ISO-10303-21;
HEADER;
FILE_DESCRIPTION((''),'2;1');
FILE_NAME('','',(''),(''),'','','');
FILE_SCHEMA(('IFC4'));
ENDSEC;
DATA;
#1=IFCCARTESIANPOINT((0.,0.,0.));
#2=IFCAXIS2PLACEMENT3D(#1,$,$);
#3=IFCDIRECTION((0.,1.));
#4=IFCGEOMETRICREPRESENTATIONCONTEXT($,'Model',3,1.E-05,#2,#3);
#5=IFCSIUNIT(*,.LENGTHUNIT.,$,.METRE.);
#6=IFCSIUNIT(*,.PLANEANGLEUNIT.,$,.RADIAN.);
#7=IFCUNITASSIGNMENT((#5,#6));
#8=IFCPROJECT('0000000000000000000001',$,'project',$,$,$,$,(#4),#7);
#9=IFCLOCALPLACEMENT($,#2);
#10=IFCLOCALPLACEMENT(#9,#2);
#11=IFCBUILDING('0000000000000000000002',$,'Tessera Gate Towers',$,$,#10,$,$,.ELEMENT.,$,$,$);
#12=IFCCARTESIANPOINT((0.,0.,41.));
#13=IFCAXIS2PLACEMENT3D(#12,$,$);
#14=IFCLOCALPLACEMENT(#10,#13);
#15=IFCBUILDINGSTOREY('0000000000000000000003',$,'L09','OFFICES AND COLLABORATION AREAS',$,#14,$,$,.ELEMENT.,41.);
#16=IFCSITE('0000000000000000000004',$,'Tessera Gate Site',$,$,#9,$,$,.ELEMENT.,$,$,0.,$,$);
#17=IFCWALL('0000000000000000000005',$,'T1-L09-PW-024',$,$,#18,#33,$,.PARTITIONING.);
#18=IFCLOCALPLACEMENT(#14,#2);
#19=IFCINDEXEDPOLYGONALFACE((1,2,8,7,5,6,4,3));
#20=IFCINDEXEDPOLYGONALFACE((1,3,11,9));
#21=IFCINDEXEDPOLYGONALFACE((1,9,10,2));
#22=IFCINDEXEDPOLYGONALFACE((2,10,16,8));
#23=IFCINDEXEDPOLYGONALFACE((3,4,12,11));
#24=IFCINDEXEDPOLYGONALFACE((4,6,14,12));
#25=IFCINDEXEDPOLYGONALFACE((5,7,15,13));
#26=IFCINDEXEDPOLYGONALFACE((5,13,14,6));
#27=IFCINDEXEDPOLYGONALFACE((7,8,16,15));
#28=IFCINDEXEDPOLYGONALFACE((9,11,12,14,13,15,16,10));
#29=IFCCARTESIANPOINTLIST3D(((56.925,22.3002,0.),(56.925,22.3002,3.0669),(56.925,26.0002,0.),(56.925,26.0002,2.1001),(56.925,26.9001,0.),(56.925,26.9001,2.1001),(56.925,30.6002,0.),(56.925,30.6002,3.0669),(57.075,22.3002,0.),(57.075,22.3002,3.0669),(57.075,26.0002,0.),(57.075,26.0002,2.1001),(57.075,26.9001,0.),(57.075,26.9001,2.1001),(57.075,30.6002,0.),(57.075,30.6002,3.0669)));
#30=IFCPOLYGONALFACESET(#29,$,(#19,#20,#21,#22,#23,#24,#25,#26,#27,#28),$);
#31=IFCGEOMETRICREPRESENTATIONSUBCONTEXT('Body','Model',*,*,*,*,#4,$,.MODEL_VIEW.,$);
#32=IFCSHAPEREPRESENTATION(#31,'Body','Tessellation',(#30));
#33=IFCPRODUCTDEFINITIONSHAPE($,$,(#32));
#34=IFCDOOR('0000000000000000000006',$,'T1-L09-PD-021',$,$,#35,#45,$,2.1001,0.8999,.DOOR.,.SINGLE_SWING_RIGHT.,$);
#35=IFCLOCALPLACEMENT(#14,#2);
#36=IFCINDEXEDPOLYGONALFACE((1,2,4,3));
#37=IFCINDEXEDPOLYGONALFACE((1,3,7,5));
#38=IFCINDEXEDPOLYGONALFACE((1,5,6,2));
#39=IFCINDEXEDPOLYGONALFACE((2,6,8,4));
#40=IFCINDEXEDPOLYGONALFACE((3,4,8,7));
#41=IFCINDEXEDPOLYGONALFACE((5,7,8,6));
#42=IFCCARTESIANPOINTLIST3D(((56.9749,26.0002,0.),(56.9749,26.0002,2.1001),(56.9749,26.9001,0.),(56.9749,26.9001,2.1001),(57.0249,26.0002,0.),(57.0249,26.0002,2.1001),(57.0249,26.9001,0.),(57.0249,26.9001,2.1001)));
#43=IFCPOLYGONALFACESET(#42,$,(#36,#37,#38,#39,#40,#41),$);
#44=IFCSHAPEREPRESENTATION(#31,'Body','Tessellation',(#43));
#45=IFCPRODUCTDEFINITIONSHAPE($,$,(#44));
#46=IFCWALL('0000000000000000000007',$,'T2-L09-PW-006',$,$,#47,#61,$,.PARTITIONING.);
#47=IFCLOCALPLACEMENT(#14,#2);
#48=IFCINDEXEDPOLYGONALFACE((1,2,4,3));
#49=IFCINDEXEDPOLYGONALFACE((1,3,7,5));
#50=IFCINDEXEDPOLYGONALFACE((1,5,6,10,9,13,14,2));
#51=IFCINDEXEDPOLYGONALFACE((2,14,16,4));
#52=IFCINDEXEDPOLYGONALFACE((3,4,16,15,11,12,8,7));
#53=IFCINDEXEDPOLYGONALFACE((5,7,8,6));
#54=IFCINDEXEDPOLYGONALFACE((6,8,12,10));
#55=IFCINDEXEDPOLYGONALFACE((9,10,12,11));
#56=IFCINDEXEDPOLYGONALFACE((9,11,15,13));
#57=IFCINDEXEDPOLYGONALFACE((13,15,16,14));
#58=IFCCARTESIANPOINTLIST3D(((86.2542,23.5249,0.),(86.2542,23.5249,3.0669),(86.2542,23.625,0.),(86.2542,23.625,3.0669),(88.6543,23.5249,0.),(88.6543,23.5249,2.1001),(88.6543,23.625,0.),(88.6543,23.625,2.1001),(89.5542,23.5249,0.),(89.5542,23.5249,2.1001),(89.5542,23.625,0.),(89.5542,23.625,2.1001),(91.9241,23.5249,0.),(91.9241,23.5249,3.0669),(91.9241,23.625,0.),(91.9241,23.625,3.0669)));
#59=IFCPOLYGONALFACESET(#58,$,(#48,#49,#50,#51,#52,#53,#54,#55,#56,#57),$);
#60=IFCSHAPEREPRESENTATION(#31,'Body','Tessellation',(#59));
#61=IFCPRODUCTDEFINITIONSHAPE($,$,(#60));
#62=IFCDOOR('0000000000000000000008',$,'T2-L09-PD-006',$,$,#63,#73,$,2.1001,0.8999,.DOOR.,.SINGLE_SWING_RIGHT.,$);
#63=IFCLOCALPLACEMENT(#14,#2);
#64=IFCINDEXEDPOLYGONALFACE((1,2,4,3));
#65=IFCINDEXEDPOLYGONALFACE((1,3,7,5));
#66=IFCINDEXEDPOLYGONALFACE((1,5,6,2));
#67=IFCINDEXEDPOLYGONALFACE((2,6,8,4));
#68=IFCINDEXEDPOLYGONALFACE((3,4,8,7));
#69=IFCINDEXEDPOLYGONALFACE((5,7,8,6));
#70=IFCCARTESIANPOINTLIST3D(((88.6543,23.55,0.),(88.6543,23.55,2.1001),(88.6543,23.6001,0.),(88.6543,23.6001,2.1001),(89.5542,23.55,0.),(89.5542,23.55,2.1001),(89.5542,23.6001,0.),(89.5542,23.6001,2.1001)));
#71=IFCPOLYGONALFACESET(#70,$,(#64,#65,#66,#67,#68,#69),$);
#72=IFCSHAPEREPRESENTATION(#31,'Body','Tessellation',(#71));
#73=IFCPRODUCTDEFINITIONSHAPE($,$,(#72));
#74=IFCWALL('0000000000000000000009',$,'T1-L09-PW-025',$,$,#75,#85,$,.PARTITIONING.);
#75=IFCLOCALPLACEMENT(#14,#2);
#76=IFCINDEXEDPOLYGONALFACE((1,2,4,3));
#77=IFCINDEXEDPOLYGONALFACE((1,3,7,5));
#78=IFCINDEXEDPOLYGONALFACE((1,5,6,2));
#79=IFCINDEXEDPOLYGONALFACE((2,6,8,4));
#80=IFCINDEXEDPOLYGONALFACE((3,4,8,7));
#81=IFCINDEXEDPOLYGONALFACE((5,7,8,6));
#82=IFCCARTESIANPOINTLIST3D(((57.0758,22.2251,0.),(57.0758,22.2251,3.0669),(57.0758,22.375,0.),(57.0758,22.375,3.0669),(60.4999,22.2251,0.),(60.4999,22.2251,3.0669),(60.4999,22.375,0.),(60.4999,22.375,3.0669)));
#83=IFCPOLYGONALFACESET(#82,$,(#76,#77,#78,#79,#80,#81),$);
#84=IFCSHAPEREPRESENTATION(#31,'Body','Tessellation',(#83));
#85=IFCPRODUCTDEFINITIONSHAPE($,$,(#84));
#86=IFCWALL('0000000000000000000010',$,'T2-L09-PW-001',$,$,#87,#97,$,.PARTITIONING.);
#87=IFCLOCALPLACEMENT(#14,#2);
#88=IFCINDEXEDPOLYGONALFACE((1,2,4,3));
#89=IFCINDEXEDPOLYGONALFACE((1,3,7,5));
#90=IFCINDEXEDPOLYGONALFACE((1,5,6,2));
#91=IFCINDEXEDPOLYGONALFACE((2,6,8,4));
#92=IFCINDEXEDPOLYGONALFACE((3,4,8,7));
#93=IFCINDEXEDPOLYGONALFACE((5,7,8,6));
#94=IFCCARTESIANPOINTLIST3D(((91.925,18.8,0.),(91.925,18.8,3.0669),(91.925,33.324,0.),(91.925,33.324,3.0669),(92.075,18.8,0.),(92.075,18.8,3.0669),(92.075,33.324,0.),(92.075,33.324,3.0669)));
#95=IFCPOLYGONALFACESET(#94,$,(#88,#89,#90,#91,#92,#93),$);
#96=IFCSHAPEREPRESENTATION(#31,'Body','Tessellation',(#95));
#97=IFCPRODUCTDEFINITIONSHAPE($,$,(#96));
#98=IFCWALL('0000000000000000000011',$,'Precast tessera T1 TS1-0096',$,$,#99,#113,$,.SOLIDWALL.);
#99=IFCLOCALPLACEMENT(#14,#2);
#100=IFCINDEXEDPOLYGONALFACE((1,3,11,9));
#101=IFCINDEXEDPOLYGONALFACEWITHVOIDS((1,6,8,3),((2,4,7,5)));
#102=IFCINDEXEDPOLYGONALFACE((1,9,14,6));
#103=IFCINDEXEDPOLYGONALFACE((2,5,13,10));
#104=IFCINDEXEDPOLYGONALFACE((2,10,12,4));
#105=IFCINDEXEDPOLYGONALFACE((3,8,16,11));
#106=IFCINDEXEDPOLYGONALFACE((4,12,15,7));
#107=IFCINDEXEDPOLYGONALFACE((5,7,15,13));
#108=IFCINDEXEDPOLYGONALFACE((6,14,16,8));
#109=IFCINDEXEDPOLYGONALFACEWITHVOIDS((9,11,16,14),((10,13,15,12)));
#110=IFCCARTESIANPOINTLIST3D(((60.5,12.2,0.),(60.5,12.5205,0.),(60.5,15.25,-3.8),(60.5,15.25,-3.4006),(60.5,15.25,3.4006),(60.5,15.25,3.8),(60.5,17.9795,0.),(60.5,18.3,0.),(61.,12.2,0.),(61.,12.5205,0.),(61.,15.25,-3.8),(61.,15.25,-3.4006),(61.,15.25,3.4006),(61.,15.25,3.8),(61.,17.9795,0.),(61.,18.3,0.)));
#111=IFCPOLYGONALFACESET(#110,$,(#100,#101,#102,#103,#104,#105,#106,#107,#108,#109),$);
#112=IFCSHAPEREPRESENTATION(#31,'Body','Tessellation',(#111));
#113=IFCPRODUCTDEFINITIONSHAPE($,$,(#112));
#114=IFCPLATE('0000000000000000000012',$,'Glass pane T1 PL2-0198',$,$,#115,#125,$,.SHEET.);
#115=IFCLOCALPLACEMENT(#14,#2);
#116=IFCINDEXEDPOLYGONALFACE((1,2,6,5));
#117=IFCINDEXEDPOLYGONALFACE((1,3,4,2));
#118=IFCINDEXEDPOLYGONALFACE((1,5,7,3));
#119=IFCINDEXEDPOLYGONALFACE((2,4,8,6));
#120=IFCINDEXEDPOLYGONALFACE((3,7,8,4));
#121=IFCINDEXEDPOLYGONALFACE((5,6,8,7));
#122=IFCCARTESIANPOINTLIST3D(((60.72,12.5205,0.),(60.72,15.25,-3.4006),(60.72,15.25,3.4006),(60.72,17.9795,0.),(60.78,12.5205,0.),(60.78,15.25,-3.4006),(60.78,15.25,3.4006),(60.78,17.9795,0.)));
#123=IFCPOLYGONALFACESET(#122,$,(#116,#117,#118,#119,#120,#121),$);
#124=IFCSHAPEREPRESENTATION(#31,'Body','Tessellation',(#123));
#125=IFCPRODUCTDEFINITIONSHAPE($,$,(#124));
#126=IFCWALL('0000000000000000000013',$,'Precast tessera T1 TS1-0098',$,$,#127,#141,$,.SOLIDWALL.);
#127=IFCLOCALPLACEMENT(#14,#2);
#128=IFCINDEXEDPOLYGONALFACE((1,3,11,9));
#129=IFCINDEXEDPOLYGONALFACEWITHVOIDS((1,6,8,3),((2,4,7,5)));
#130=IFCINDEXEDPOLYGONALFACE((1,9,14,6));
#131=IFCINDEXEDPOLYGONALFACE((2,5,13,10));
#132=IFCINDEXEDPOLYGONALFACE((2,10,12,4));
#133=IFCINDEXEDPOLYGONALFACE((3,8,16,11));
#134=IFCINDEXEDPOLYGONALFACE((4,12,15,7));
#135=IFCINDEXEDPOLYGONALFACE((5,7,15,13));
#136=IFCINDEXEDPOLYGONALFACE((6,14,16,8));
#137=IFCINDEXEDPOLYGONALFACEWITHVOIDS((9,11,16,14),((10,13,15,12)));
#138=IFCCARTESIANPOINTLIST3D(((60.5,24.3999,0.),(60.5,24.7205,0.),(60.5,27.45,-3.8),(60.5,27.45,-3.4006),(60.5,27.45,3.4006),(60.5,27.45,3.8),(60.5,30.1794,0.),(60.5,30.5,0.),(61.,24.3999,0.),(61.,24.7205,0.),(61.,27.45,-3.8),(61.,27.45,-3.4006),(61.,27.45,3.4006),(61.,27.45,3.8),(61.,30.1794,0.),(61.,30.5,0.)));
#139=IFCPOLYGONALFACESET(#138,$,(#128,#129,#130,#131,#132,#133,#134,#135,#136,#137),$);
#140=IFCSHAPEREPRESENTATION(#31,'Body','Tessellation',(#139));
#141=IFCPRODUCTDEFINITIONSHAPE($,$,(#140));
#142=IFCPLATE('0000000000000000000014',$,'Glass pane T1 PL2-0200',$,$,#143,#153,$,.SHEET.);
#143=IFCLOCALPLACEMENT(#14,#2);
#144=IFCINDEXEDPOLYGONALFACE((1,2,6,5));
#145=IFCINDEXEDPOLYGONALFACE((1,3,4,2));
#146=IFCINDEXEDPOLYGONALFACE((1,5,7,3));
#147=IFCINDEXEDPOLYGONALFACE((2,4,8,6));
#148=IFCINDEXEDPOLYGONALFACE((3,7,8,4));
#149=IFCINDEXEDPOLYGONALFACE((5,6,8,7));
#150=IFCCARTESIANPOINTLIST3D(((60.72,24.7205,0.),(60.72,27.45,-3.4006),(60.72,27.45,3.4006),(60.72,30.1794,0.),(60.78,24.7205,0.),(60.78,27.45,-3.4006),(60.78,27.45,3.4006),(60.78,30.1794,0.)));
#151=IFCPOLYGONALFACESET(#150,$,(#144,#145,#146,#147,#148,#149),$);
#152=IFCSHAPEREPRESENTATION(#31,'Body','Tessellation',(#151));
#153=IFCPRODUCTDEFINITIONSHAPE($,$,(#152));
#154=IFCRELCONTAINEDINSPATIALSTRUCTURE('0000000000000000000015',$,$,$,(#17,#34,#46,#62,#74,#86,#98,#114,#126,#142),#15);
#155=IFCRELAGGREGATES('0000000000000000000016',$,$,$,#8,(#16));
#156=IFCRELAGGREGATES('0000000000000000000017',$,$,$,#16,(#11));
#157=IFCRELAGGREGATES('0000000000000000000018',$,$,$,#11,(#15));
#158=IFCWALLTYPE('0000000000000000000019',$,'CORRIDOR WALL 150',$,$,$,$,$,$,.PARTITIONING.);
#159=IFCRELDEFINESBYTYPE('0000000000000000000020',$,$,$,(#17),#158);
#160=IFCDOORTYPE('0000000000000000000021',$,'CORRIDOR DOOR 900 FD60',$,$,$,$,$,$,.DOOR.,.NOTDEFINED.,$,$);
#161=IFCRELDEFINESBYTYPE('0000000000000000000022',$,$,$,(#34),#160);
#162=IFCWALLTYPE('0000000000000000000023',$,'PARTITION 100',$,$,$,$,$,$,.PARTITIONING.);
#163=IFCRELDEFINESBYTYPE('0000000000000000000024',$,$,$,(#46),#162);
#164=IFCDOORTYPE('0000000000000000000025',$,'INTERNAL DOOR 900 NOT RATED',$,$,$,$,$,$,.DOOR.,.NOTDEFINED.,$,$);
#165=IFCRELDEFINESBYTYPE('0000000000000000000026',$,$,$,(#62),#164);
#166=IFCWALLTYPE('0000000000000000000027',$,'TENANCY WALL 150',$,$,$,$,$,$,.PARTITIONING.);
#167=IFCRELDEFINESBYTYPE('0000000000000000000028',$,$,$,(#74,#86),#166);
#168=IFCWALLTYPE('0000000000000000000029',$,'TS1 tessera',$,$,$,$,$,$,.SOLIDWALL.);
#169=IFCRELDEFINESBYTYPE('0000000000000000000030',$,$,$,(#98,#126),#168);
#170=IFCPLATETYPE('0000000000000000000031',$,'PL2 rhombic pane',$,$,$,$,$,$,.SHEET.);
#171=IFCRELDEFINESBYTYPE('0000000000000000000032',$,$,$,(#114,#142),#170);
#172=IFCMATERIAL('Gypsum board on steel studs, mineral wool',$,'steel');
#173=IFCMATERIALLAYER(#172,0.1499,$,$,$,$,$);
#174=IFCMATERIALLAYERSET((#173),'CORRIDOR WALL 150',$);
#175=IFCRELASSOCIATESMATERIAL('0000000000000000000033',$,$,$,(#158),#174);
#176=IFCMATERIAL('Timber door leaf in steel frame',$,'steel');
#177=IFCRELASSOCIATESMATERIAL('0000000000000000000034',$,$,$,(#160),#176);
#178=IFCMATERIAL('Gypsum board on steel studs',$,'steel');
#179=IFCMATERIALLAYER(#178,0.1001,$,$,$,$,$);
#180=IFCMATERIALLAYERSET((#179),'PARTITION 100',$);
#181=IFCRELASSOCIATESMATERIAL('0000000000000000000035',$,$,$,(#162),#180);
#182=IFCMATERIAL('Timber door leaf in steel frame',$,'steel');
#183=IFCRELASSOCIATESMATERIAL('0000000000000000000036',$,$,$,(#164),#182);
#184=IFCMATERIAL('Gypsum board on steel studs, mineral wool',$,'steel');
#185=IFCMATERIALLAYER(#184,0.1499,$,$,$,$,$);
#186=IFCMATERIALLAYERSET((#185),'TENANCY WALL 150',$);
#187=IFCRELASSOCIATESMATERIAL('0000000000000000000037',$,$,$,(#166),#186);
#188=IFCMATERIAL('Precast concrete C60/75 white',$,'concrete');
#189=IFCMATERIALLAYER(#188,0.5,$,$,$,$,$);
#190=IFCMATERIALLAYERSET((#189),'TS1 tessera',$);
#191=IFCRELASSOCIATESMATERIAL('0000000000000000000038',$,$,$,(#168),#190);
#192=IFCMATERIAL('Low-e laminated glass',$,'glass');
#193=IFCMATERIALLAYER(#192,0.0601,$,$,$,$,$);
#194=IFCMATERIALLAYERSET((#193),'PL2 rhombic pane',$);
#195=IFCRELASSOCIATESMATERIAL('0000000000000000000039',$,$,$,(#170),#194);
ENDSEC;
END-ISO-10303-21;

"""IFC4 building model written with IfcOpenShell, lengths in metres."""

from ifc_helpers import new_model, si_unit, direction, frame, frame_2d, origin, place, context, subcontext, project, spatial, polyline, rectangle, outline, extrude, source, transform, mapped, material, layer, layer_set, type_object, element, fill, save


model = new_model("IFC4")

# Units and contexts
model_context = context("Model", 3, precision=1e-05, world=origin(), true_north=direction((0.0, 1.0)))
body_context = subcontext(model_context, "Body", "Model", "MODEL_VIEW")
ifc_project = project(units=[si_unit("LENGTHUNIT", "METRE"), si_unit("PLANEANGLEUNIT", "RADIAN")], contexts=[model_context])

# Site, building, storey
site_placement = place(None, origin())
site = spatial("IfcSite", under=ifc_project, at=site_placement, Name="Tessera Gate Site", CompositionType="ELEMENT", RefElevation=0.0)
building_placement = place(site_placement, origin())
building = spatial("IfcBuilding", under=site, at=building_placement, Name="Tessera Gate Towers", CompositionType="ELEMENT")
storey_placement = place(building_placement, frame((0.0, 0.0, 41.0)))
storey = spatial("IfcBuildingStorey", under=building, at=storey_placement, Name="L09", Description="OFFICES AND COLLABORATION AREAS", CompositionType="ELEMENT", Elevation=41.0)

# Shared definitions
ifc_material_1 = material(Name="Gypsum board on steel studs, mineral wool", Category="steel")
ifc_layer_1 = layer(ifc_material_1, 0.1499)
ifc_layer_set_1 = layer_set([ifc_layer_1], Name="CORRIDOR WALL 150")
wall_type_1 = type_object("IfcWallType", Name="CORRIDOR WALL 150", PredefinedType="PARTITIONING", material=ifc_layer_set_1)

# Walls, openings, doors
wall_1_placement = place(storey_placement, frame((57.0, 30.6001, 0.0), z_axis=(0.0, 0.0, 1.0), x_axis=(0.0, -1.0, 0.0)))
wall_1 = element("IfcWall", 1, at=wall_1_placement, inside=storey, type_object=wall_type_1, Name="T1-L09-PW-024", PredefinedType="PARTITIONING", context=body_context, shape_type="SweptSolid", body=[
    extrude(rectangle(XDim=8.3, YDim=0.1499, at=frame_2d((4.1499, 0.0))), origin(), (0.0, 0.0, 1.0), 3.0669),
])
shared_shape_1 = source(origin(), body_context, "Body", "SweptSolid", [
    extrude(rectangle(XDim=0.8999, YDim=2.1001, at=frame_2d((0.45, 1.05))), frame((0.0, 0.085, 0.0), z_axis=(0.0, -1.0, 0.0), x_axis=(1.0, 0.0, 0.0)), (0.0, 0.0, 1.0), 0.1699),
])
opening_1_placement = place(wall_1_placement, frame((3.7, 0.0, 0.0)))
opening_1 = element("IfcOpeningElement", 2, at=opening_1_placement, cuts=wall_1, PredefinedType="OPENING", context=body_context, shape_type="MappedRepresentation", body=[
    mapped(shared_shape_1, transform((0.0, 0.0, 0.0), scale=1.0)),
])
ifc_material_2 = material(Name="Timber door leaf in steel frame", Category="steel")
door_type_1 = type_object("IfcDoorType", Name="CORRIDOR DOOR 900 FD60", OperationType="NOTDEFINED", PredefinedType="DOOR", material=ifc_material_2)
shared_shape_2 = source(origin(), body_context, "Body", "SweptSolid", [
    extrude(rectangle(XDim=0.8999, YDim=2.1001, at=frame_2d((0.45, 1.05))), frame((0.0, 0.0249, 0.0), z_axis=(0.0, -1.0, 0.0), x_axis=(1.0, 0.0, 0.0)), (0.0, 0.0, 1.0), 0.05),
])
door_1_placement = place(opening_1_placement, origin())
door_1 = element("IfcDoor", 3, at=door_1_placement, inside=storey, type_object=door_type_1, Name="T1-L09-PD-021", OperationType="SINGLE_SWING_RIGHT", OverallHeight=2.1001, OverallWidth=0.8999, PredefinedType="DOOR", context=body_context, shape_type="MappedRepresentation", body=[
    mapped(shared_shape_2, transform((0.0, 0.0, 0.0), scale=1.0)),
])
fill(opening_1, door_1)
ifc_material_3 = material(Name="Gypsum board on steel studs", Category="steel")
ifc_layer_2 = layer(ifc_material_3, 0.1001)
ifc_layer_set_2 = layer_set([ifc_layer_2], Name="PARTITION 100")
wall_type_2 = type_object("IfcWallType", Name="PARTITION 100", PredefinedType="PARTITIONING", material=ifc_layer_set_2)
wall_2_placement = place(storey_placement, frame((91.9241, 23.575, 0.0), z_axis=(0.0, 0.0, 1.0), x_axis=(-1.0, 0.0, 0.0)))
wall_2 = element("IfcWall", 4, at=wall_2_placement, inside=storey, type_object=wall_type_2, Name="T2-L09-PW-006", PredefinedType="PARTITIONING", context=body_context, shape_type="SweptSolid", body=[
    extrude(rectangle(XDim=5.6699, YDim=0.1001, at=frame_2d((2.835, 0.0))), origin(), (0.0, 0.0, 1.0), 3.0669),
])
shared_shape_3 = source(origin(), body_context, "Body", "SweptSolid", [
    extrude(rectangle(XDim=0.8999, YDim=2.1001, at=frame_2d((0.45, 1.05))), frame((0.0, 0.0601, 0.0), z_axis=(0.0, -1.0, 0.0), x_axis=(1.0, 0.0, 0.0)), (0.0, 0.0, 1.0), 0.1201),
])
opening_2_placement = place(wall_2_placement, frame((2.3699, 0.0, 0.0)))
opening_2 = element("IfcOpeningElement", 5, at=opening_2_placement, cuts=wall_2, PredefinedType="OPENING", context=body_context, shape_type="MappedRepresentation", body=[
    mapped(shared_shape_3, transform((0.0, 0.0, 0.0), scale=1.0)),
])
ifc_material_4 = material(Name="Timber door leaf in steel frame", Category="steel")
door_type_2 = type_object("IfcDoorType", Name="INTERNAL DOOR 900 NOT RATED", OperationType="NOTDEFINED", PredefinedType="DOOR", material=ifc_material_4)
door_2_placement = place(opening_2_placement, origin())
door_2 = element("IfcDoor", 6, at=door_2_placement, inside=storey, type_object=door_type_2, Name="T2-L09-PD-006", OperationType="SINGLE_SWING_RIGHT", OverallHeight=2.1001, OverallWidth=0.8999, PredefinedType="DOOR", context=body_context, shape_type="MappedRepresentation", body=[
    mapped(shared_shape_2, transform((0.0, 0.0, 0.0), scale=1.0)),
])
fill(opening_2, door_2)

# Walls
ifc_material_5 = material(Name="Gypsum board on steel studs, mineral wool", Category="steel")
ifc_layer_3 = layer(ifc_material_5, 0.1499)
ifc_layer_set_3 = layer_set([ifc_layer_3], Name="TENANCY WALL 150")
wall_type_3 = type_object("IfcWallType", Name="TENANCY WALL 150", PredefinedType="PARTITIONING", material=ifc_layer_set_3)
wall_3_placement = place(storey_placement, frame((57.0759, 22.3, 0.0), z_axis=(0.0, 0.0, 1.0), x_axis=(1.0, 0.0, 0.0)))
element("IfcWall", 7, at=wall_3_placement, inside=storey, type_object=wall_type_3, Name="T1-L09-PW-025", PredefinedType="PARTITIONING", context=body_context, shape_type="SweptSolid", body=[
    extrude(rectangle(XDim=3.4241, YDim=0.1499, at=frame_2d((1.7119, 0.0))), origin(), (0.0, 0.0, 1.0), 3.0669),
])
wall_4_placement = place(storey_placement, frame((92.0, 18.8, 0.0), z_axis=(0.0, 0.0, 1.0), x_axis=(0.0, 1.0, 0.0)))
element("IfcWall", 8, at=wall_4_placement, inside=storey, type_object=wall_type_3, Name="T2-L09-PW-001", PredefinedType="PARTITIONING", context=body_context, shape_type="SweptSolid", body=[
    extrude(rectangle(XDim=14.5239, YDim=0.1499, at=frame_2d((7.262, 0.0))), origin(), (0.0, 0.0, 1.0), 3.0669),
])

# Walls, openings, plates
ifc_material_6 = material(Name="Precast concrete C60/75 white", Category="concrete")
ifc_layer_4 = layer(ifc_material_6, 0.5)
ifc_layer_set_4 = layer_set([ifc_layer_4], Name="TS1 tessera")
wall_type_4 = type_object("IfcWallType", Name="TS1 tessera", PredefinedType="SOLIDWALL", material=ifc_layer_set_4)
shared_shape_4 = source(origin(), body_context, "Body", "SweptSolid", [
    extrude(outline(polyline([(3.05, 0.0), (6.1001, 3.8), (3.05, 7.6001), (0.0, 3.8), (3.05, 0.0)])), frame((0.0, 0.25, 0.0), z_axis=(0.0, -1.0, 0.0), x_axis=(1.0, 0.0, 0.0)), (0.0, 0.0, 1.0), 0.5),
])
wall_5_placement = place(storey_placement, frame((60.75, 12.2, -3.8), z_axis=(0.0, 0.0, 1.0), x_axis=(0.0, 1.0, 0.0)))
wall_5 = element("IfcWall", 9, at=wall_5_placement, inside=storey, type_object=wall_type_4, Name="Precast tessera T1 TS1-0096", PredefinedType="SOLIDWALL", context=body_context, shape_type="MappedRepresentation", body=[
    mapped(shared_shape_4, transform((0.0, 0.0, 0.0), scale=1.0)),
])
shared_shape_5 = source(origin(), body_context, "Body", "SweptSolid", [
    extrude(outline(polyline([(3.05, 0.3994), (5.7795, 3.8), (3.05, 7.2007), (0.3206, 3.8), (3.05, 0.3994)])), frame((0.0, 0.26, 0.0), z_axis=(0.0, -1.0, 0.0), x_axis=(1.0, 0.0, 0.0)), (0.0, 0.0, 1.0), 0.52),
])
opening_3_placement = place(wall_5_placement, origin())
opening_3 = element("IfcOpeningElement", 10, at=opening_3_placement, cuts=wall_5, PredefinedType="OPENING", context=body_context, shape_type="MappedRepresentation", body=[
    mapped(shared_shape_5, transform((0.0, 0.0, 0.0), scale=1.0)),
])
ifc_material_7 = material(Name="Low-e laminated glass", Category="glass")
ifc_layer_5 = layer(ifc_material_7, 0.0601)
ifc_layer_set_5 = layer_set([ifc_layer_5], Name="PL2 rhombic pane")
plate_type = type_object("IfcPlateType", Name="PL2 rhombic pane", PredefinedType="SHEET", material=ifc_layer_set_5)
shared_shape_6 = source(origin(), body_context, "Body", "SweptSolid", [
    extrude(outline(polyline([(3.05, 0.3994), (5.7795, 3.8), (3.05, 7.2007), (0.3206, 3.8), (3.05, 0.3994)])), frame((0.0, 0.03, 0.0), z_axis=(0.0, -1.0, 0.0), x_axis=(1.0, 0.0, 0.0)), (0.0, 0.0, 1.0), 0.0601),
])
plate_1_placement = place(opening_3_placement, origin())
plate_1 = element("IfcPlate", 11, at=plate_1_placement, inside=storey, type_object=plate_type, Name="Glass pane T1 PL2-0198", PredefinedType="SHEET", context=body_context, shape_type="MappedRepresentation", body=[
    mapped(shared_shape_6, transform((0.0, 0.0, 0.0), scale=1.0)),
])
fill(opening_3, plate_1)
wall_6_placement = place(storey_placement, frame((60.75, 24.3999, -3.8), z_axis=(0.0, 0.0, 1.0), x_axis=(0.0, 1.0, 0.0)))
wall_6 = element("IfcWall", 12, at=wall_6_placement, inside=storey, type_object=wall_type_4, Name="Precast tessera T1 TS1-0098", PredefinedType="SOLIDWALL", context=body_context, shape_type="MappedRepresentation", body=[
    mapped(shared_shape_4, transform((0.0, 0.0, 0.0), scale=1.0)),
])
opening_4_placement = place(wall_6_placement, origin())
opening_4 = element("IfcOpeningElement", 13, at=opening_4_placement, cuts=wall_6, PredefinedType="OPENING", context=body_context, shape_type="MappedRepresentation", body=[
    mapped(shared_shape_5, transform((0.0, 0.0, 0.0), scale=1.0)),
])
plate_2_placement = place(opening_4_placement, origin())
plate_2 = element("IfcPlate", 14, at=plate_2_placement, inside=storey, type_object=plate_type, Name="Glass pane T1 PL2-0200", PredefinedType="SHEET", context=body_context, shape_type="MappedRepresentation", body=[
    mapped(shared_shape_6, transform((0.0, 0.0, 0.0), scale=1.0)),
])
fill(opening_4, plate_2)

save(model, "model.ifc")
